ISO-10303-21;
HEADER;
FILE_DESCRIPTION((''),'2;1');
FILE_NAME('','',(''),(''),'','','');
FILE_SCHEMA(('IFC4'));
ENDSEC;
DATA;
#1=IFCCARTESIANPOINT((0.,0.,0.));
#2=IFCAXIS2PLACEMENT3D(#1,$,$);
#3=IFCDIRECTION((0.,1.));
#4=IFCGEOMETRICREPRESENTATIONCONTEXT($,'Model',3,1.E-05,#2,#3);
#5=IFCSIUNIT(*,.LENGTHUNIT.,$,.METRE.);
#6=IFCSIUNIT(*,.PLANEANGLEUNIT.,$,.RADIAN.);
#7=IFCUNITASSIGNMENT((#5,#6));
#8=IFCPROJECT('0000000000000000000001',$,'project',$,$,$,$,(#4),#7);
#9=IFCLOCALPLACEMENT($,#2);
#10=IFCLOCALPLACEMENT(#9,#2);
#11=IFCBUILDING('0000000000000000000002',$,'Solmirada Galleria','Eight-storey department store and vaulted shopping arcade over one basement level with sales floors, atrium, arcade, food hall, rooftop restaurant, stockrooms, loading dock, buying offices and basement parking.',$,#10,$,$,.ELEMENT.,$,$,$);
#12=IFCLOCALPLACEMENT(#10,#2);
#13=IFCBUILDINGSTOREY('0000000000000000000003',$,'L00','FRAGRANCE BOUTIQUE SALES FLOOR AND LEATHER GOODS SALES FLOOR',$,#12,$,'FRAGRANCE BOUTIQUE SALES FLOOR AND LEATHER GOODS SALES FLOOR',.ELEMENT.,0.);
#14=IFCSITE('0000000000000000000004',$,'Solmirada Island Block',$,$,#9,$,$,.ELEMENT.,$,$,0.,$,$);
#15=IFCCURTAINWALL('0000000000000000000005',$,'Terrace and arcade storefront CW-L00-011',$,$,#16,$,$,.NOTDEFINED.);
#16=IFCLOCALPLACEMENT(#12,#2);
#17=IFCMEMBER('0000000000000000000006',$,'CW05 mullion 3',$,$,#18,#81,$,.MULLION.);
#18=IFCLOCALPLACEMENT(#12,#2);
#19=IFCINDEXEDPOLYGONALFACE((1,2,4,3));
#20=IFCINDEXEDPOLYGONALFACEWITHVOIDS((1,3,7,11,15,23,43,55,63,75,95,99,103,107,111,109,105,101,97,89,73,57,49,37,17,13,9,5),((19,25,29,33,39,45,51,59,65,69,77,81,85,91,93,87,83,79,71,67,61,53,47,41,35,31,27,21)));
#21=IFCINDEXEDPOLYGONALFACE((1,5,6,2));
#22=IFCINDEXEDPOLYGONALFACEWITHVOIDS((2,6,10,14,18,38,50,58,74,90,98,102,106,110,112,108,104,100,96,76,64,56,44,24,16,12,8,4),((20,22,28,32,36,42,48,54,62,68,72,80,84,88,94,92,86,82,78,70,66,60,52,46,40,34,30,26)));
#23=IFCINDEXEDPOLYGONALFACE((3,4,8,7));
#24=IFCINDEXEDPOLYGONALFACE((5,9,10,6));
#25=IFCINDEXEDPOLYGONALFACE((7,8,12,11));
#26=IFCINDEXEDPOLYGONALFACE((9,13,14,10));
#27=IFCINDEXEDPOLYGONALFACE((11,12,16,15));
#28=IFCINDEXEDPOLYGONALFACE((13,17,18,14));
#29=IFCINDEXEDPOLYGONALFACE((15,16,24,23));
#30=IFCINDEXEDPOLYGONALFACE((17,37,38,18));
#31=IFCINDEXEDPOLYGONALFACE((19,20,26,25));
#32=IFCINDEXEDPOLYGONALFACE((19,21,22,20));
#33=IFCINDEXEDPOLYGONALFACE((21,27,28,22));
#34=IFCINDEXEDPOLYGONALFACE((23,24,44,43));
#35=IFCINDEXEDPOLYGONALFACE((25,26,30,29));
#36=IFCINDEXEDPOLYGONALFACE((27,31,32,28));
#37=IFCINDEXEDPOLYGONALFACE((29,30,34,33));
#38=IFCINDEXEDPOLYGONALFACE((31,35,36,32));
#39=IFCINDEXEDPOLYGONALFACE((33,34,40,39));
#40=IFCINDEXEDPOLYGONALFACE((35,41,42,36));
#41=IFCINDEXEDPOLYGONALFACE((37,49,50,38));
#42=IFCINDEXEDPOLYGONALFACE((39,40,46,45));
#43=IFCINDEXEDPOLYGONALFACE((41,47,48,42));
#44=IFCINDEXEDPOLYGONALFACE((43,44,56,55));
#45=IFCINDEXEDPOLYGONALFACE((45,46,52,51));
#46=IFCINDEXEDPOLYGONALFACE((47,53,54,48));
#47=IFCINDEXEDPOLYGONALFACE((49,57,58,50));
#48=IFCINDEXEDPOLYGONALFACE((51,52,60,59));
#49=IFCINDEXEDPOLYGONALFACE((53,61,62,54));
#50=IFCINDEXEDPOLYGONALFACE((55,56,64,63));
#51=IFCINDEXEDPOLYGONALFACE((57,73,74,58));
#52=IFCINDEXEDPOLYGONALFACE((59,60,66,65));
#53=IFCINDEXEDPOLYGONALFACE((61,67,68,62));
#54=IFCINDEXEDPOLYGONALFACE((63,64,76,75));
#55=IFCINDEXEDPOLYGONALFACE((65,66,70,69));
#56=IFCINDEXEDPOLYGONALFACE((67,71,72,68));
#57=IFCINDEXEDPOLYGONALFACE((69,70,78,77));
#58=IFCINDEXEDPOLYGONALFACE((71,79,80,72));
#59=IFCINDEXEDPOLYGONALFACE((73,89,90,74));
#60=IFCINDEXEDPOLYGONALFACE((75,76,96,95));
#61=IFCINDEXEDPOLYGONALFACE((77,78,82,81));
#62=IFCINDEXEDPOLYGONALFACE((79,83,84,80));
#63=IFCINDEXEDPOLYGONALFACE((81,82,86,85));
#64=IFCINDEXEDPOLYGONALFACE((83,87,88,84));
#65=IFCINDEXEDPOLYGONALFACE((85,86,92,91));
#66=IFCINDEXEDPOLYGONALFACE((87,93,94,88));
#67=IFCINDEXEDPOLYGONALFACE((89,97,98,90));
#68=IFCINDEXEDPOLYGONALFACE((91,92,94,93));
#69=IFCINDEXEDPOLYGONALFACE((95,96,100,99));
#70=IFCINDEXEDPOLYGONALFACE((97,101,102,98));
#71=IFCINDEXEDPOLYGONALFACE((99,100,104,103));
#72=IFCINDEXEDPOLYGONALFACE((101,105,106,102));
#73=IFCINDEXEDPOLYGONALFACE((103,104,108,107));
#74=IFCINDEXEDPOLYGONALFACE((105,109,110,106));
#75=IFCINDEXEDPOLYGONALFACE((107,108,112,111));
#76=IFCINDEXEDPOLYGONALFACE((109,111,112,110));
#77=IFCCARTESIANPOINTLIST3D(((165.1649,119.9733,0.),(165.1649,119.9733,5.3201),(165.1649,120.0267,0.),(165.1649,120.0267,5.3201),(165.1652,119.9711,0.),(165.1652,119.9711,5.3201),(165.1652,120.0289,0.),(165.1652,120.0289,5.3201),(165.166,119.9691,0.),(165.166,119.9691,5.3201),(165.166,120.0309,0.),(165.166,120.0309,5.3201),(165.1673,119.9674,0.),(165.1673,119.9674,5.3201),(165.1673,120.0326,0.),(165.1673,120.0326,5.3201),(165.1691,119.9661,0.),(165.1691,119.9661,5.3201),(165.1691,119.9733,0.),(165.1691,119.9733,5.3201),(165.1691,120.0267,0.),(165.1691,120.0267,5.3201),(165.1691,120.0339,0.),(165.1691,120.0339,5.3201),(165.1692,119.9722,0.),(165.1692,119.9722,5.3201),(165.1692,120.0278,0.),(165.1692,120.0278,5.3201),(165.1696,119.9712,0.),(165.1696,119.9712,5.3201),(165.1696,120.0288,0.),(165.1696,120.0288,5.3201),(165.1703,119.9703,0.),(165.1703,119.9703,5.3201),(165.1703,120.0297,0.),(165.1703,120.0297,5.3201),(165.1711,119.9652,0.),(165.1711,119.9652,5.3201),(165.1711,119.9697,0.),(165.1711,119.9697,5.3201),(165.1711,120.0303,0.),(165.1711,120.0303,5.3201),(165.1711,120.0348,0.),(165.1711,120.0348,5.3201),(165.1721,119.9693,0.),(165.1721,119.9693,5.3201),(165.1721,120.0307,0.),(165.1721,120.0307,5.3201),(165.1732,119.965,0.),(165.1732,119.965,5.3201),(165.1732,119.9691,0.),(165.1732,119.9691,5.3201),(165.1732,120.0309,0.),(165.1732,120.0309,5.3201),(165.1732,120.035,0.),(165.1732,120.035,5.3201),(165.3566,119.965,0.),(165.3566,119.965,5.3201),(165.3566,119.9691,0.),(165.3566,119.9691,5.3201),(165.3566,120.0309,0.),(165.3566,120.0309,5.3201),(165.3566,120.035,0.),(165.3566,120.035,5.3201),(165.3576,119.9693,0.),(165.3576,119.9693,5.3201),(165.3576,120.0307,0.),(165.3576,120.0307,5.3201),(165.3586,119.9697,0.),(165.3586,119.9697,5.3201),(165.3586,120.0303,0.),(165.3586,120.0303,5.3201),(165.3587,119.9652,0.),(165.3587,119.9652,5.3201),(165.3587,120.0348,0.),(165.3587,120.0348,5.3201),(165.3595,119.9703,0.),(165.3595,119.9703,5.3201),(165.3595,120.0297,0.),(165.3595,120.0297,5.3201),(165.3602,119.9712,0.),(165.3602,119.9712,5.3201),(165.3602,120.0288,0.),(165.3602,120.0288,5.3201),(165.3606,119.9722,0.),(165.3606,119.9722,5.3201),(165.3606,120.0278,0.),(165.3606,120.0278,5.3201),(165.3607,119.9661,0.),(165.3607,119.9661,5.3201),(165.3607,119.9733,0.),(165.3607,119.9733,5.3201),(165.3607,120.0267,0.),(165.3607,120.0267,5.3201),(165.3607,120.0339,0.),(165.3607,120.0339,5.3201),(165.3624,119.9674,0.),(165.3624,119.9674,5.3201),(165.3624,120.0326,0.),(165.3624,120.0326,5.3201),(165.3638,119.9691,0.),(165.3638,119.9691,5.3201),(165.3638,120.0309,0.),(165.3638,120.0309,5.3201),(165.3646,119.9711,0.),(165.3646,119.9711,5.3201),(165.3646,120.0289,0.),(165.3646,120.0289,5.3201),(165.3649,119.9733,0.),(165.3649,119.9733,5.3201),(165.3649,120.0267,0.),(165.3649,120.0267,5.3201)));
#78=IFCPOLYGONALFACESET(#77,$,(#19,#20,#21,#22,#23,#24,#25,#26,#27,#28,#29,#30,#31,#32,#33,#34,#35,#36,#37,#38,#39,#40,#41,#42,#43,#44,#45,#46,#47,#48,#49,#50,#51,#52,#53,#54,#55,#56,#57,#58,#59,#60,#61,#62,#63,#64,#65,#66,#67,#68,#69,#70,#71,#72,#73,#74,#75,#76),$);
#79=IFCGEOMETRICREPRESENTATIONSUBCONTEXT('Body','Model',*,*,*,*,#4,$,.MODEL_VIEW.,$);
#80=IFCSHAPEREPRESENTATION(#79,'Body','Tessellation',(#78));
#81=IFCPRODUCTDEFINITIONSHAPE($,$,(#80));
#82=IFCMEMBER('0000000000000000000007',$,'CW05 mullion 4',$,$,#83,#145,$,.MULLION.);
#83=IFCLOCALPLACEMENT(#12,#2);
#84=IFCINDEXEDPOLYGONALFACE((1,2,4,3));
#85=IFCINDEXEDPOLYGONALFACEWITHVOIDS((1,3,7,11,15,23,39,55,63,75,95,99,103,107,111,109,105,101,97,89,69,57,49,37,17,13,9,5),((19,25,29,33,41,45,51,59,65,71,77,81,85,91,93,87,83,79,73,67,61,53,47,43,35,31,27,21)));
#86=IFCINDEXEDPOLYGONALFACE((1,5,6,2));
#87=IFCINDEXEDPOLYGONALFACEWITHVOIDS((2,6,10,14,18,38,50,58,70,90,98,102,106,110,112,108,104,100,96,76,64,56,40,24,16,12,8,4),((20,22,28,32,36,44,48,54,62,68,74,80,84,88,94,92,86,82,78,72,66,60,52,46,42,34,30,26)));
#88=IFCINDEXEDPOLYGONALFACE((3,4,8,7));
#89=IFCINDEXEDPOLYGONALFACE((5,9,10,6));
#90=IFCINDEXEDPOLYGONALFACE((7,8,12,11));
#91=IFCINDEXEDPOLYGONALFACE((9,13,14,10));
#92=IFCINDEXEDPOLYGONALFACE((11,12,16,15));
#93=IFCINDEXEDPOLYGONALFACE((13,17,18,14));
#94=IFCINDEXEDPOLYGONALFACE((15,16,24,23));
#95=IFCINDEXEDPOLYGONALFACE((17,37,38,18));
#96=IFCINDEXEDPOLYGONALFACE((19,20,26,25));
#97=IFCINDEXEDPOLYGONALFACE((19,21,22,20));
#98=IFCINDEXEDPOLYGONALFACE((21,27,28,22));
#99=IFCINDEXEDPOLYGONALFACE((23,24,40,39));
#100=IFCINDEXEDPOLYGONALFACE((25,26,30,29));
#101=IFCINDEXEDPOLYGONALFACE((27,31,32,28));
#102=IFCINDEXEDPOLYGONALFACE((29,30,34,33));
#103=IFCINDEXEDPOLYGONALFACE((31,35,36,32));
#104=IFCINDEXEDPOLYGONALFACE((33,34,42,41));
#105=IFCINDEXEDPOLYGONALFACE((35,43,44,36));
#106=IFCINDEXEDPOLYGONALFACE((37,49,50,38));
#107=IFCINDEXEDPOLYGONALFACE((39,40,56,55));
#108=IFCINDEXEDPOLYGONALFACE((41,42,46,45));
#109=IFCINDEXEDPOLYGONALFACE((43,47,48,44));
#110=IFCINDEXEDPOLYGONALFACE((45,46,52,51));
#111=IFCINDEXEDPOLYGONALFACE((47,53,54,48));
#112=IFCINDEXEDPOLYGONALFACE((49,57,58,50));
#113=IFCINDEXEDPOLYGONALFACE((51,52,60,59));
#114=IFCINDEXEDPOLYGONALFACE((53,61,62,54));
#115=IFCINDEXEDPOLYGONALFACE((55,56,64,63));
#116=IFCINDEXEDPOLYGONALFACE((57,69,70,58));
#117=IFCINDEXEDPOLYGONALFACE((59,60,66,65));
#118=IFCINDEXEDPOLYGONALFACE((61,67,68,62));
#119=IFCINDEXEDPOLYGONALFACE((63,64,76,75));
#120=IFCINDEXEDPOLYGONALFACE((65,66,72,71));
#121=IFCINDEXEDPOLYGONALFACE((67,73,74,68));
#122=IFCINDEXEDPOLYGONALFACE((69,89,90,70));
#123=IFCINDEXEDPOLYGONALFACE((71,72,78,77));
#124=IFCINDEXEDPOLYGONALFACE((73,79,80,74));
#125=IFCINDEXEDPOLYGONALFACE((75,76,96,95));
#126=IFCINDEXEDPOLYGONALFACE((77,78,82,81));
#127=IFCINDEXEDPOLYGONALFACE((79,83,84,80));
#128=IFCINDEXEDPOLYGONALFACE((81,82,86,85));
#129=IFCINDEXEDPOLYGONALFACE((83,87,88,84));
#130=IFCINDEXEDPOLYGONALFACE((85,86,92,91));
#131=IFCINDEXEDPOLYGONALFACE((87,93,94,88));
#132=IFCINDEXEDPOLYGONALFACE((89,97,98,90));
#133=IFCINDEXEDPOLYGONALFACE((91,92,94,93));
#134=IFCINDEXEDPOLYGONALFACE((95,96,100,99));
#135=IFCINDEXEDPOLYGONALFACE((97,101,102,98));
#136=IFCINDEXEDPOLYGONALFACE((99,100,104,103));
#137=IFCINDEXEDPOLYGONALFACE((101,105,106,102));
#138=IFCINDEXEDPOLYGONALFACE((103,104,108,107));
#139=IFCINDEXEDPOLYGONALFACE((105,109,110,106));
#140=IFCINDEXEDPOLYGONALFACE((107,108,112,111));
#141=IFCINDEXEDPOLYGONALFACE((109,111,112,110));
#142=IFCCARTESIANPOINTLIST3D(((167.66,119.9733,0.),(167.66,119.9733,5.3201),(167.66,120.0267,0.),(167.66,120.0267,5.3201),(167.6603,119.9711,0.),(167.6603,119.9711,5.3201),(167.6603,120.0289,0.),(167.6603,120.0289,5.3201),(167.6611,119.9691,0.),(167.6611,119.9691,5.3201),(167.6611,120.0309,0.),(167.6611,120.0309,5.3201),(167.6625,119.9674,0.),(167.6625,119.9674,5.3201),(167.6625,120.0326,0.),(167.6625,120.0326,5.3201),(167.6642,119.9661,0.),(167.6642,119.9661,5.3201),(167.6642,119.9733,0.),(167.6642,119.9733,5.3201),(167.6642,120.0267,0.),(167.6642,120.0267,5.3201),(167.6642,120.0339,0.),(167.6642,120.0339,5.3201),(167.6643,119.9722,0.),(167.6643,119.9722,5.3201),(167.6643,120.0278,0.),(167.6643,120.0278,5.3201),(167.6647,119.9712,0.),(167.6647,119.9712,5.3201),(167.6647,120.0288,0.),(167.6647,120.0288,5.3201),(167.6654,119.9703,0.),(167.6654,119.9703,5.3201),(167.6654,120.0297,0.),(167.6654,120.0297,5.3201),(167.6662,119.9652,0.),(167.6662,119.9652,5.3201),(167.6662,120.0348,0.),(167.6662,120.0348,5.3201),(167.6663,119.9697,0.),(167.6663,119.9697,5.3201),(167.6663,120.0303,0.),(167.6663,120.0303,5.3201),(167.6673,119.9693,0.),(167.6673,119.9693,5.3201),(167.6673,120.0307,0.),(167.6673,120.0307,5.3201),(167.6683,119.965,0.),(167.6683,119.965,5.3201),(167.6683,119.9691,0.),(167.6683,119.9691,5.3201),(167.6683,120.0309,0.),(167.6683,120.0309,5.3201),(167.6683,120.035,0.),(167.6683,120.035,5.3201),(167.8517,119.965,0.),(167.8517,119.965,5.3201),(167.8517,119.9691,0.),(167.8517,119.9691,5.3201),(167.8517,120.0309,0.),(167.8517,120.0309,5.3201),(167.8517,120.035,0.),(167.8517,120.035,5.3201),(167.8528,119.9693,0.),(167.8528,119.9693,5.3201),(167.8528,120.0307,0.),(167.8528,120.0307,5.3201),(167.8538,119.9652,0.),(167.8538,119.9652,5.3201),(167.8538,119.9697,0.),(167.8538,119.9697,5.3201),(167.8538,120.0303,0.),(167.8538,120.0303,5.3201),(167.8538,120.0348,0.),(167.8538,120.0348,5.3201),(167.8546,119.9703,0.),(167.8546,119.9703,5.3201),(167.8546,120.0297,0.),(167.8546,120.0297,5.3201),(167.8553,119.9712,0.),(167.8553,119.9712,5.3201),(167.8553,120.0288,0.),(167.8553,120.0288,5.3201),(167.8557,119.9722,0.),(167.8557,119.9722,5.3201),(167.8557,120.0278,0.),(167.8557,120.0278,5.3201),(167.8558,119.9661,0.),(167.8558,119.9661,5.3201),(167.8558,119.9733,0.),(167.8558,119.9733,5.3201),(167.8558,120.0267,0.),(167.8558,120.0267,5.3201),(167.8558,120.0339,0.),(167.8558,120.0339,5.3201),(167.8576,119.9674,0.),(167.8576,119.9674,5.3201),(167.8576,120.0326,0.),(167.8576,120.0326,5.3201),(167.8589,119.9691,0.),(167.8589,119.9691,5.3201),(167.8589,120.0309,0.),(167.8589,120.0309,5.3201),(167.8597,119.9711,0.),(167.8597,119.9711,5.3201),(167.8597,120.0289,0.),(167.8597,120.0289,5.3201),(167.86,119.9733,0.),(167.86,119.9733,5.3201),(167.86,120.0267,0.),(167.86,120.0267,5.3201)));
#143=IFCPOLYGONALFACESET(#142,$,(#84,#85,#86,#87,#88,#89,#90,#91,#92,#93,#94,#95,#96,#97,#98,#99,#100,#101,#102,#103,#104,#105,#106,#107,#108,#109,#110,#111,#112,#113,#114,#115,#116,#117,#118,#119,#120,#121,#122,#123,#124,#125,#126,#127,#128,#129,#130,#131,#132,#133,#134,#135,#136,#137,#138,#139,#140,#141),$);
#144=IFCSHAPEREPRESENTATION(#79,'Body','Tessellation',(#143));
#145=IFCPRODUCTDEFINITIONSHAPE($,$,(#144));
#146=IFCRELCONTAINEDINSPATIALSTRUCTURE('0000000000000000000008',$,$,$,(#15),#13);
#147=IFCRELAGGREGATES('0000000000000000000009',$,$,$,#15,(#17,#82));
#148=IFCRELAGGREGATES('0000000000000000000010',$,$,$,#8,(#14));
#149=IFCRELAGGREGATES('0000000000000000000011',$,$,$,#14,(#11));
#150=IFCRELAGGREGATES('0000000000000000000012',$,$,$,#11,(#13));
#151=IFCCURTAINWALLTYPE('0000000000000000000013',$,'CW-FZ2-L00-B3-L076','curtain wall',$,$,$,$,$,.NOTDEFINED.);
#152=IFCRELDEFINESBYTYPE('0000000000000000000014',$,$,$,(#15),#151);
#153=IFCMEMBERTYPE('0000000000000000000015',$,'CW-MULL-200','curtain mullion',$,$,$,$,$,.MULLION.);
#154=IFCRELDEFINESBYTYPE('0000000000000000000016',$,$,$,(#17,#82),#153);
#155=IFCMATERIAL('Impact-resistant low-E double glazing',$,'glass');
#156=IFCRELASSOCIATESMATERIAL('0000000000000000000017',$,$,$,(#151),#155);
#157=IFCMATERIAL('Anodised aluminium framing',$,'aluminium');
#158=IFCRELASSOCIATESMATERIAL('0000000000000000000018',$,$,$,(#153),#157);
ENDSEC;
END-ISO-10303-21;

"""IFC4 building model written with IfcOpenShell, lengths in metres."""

from ifc_helpers import new_model, si_unit, direction, frame, origin, origin_2d, place, context, subcontext, project, spatial, hollow_rectangle, extrude, material, material_profile, profile_set, type_object, element, aggregate, save


model = new_model("IFC4")

# Units and contexts
model_context = context("Model", 3, precision=1e-05, world=origin(), true_north=direction((0.0, 1.0)))
body_context = subcontext(model_context, "Body", "Model", "MODEL_VIEW")
ifc_project = project(units=[si_unit("LENGTHUNIT", "METRE"), si_unit("PLANEANGLEUNIT", "RADIAN")], contexts=[model_context])

# Site, building, storey
site_placement = place(None, origin())
site = spatial("IfcSite", under=ifc_project, at=site_placement, Name="Solmirada Island Block", CompositionType="ELEMENT", RefElevation=0.0)
building_placement = place(site_placement, origin())
building = spatial("IfcBuilding", under=site, at=building_placement, Name="Solmirada Galleria", Description="Eight-storey department store and vaulted shopping arcade over one basement level with sales floors, atrium, arcade, food hall, rooftop restaurant, stockrooms, loading dock, buying offices and basement parking.", CompositionType="ELEMENT")
storey_placement = place(building_placement, origin())
storey = spatial("IfcBuildingStorey", under=building, at=storey_placement, Name="L00", Description="FRAGRANCE BOUTIQUE SALES FLOOR AND LEATHER GOODS SALES FLOOR", LongName="FRAGRANCE BOUTIQUE SALES FLOOR AND LEATHER GOODS SALES FLOOR", CompositionType="ELEMENT", Elevation=0.0)

# Curtain wall, members
ifc_material_1 = material(Name="Impact-resistant low-E double glazing", Category="glass")
curtain_wall_type = type_object("IfcCurtainWallType", Name="CW-FZ2-L00-B3-L076", Description="curtain wall", PredefinedType="NOTDEFINED", material=ifc_material_1)
curtain_wall_placement = place(storey_placement, origin())
curtain_wall = element("IfcCurtainWall", 1, at=curtain_wall_placement, inside=storey, type_object=curtain_wall_type, Name="Terrace and arcade storefront CW-L00-011", PredefinedType="NOTDEFINED")
ifc_material_2 = material(Name="Anodised aluminium framing", Category="aluminium")
ifc_material_profile_1 = material_profile(ifc_material_2, hollow_rectangle(XDim=0.0701, YDim=0.2, WallThickness=0.0042, InnerFilletRadius=0.0042, OuterFilletRadius=0.0083, at=origin_2d()), Name="ALU-MULL-200X70")
ifc_profile_set_1 = profile_set([ifc_material_profile_1], Name="Anodised aluminium framing")
member_type_1 = type_object("IfcMemberType", Name="CW-MULL-200", Description="curtain mullion", PredefinedType="MULLION", material=ifc_profile_set_1)
member_1_placement = place(storey_placement, frame((165.2649, 120.0, 0.0), z_axis=(0.0, 0.0, 1.0), x_axis=(0.0, 1.0, 0.0)))
member_1 = element("IfcMember", 2, at=member_1_placement, type_object=member_type_1, Name="CW05 mullion 3", PredefinedType="MULLION", context=body_context, shape_type="SweptSolid", body=[
    extrude(hollow_rectangle(XDim=0.0701, YDim=0.2, WallThickness=0.0042, InnerFilletRadius=0.0042, OuterFilletRadius=0.0083, at=origin_2d()), origin(), (0.0, 0.0, 1.0), 5.3201),
])
member_2_placement = place(storey_placement, frame((167.76, 120.0, 0.0), z_axis=(0.0, 0.0, 1.0), x_axis=(0.0, 1.0, 0.0)))
member_2 = element("IfcMember", 3, at=member_2_placement, type_object=member_type_1, Name="CW05 mullion 4", PredefinedType="MULLION", context=body_context, shape_type="SweptSolid", body=[
    extrude(hollow_rectangle(XDim=0.0701, YDim=0.2, WallThickness=0.0042, InnerFilletRadius=0.0042, OuterFilletRadius=0.0083, at=origin_2d()), origin(), (0.0, 0.0, 1.0), 5.3201),
])
aggregate(curtain_wall, [member_1, member_2])

save(model, "model.ifc")
